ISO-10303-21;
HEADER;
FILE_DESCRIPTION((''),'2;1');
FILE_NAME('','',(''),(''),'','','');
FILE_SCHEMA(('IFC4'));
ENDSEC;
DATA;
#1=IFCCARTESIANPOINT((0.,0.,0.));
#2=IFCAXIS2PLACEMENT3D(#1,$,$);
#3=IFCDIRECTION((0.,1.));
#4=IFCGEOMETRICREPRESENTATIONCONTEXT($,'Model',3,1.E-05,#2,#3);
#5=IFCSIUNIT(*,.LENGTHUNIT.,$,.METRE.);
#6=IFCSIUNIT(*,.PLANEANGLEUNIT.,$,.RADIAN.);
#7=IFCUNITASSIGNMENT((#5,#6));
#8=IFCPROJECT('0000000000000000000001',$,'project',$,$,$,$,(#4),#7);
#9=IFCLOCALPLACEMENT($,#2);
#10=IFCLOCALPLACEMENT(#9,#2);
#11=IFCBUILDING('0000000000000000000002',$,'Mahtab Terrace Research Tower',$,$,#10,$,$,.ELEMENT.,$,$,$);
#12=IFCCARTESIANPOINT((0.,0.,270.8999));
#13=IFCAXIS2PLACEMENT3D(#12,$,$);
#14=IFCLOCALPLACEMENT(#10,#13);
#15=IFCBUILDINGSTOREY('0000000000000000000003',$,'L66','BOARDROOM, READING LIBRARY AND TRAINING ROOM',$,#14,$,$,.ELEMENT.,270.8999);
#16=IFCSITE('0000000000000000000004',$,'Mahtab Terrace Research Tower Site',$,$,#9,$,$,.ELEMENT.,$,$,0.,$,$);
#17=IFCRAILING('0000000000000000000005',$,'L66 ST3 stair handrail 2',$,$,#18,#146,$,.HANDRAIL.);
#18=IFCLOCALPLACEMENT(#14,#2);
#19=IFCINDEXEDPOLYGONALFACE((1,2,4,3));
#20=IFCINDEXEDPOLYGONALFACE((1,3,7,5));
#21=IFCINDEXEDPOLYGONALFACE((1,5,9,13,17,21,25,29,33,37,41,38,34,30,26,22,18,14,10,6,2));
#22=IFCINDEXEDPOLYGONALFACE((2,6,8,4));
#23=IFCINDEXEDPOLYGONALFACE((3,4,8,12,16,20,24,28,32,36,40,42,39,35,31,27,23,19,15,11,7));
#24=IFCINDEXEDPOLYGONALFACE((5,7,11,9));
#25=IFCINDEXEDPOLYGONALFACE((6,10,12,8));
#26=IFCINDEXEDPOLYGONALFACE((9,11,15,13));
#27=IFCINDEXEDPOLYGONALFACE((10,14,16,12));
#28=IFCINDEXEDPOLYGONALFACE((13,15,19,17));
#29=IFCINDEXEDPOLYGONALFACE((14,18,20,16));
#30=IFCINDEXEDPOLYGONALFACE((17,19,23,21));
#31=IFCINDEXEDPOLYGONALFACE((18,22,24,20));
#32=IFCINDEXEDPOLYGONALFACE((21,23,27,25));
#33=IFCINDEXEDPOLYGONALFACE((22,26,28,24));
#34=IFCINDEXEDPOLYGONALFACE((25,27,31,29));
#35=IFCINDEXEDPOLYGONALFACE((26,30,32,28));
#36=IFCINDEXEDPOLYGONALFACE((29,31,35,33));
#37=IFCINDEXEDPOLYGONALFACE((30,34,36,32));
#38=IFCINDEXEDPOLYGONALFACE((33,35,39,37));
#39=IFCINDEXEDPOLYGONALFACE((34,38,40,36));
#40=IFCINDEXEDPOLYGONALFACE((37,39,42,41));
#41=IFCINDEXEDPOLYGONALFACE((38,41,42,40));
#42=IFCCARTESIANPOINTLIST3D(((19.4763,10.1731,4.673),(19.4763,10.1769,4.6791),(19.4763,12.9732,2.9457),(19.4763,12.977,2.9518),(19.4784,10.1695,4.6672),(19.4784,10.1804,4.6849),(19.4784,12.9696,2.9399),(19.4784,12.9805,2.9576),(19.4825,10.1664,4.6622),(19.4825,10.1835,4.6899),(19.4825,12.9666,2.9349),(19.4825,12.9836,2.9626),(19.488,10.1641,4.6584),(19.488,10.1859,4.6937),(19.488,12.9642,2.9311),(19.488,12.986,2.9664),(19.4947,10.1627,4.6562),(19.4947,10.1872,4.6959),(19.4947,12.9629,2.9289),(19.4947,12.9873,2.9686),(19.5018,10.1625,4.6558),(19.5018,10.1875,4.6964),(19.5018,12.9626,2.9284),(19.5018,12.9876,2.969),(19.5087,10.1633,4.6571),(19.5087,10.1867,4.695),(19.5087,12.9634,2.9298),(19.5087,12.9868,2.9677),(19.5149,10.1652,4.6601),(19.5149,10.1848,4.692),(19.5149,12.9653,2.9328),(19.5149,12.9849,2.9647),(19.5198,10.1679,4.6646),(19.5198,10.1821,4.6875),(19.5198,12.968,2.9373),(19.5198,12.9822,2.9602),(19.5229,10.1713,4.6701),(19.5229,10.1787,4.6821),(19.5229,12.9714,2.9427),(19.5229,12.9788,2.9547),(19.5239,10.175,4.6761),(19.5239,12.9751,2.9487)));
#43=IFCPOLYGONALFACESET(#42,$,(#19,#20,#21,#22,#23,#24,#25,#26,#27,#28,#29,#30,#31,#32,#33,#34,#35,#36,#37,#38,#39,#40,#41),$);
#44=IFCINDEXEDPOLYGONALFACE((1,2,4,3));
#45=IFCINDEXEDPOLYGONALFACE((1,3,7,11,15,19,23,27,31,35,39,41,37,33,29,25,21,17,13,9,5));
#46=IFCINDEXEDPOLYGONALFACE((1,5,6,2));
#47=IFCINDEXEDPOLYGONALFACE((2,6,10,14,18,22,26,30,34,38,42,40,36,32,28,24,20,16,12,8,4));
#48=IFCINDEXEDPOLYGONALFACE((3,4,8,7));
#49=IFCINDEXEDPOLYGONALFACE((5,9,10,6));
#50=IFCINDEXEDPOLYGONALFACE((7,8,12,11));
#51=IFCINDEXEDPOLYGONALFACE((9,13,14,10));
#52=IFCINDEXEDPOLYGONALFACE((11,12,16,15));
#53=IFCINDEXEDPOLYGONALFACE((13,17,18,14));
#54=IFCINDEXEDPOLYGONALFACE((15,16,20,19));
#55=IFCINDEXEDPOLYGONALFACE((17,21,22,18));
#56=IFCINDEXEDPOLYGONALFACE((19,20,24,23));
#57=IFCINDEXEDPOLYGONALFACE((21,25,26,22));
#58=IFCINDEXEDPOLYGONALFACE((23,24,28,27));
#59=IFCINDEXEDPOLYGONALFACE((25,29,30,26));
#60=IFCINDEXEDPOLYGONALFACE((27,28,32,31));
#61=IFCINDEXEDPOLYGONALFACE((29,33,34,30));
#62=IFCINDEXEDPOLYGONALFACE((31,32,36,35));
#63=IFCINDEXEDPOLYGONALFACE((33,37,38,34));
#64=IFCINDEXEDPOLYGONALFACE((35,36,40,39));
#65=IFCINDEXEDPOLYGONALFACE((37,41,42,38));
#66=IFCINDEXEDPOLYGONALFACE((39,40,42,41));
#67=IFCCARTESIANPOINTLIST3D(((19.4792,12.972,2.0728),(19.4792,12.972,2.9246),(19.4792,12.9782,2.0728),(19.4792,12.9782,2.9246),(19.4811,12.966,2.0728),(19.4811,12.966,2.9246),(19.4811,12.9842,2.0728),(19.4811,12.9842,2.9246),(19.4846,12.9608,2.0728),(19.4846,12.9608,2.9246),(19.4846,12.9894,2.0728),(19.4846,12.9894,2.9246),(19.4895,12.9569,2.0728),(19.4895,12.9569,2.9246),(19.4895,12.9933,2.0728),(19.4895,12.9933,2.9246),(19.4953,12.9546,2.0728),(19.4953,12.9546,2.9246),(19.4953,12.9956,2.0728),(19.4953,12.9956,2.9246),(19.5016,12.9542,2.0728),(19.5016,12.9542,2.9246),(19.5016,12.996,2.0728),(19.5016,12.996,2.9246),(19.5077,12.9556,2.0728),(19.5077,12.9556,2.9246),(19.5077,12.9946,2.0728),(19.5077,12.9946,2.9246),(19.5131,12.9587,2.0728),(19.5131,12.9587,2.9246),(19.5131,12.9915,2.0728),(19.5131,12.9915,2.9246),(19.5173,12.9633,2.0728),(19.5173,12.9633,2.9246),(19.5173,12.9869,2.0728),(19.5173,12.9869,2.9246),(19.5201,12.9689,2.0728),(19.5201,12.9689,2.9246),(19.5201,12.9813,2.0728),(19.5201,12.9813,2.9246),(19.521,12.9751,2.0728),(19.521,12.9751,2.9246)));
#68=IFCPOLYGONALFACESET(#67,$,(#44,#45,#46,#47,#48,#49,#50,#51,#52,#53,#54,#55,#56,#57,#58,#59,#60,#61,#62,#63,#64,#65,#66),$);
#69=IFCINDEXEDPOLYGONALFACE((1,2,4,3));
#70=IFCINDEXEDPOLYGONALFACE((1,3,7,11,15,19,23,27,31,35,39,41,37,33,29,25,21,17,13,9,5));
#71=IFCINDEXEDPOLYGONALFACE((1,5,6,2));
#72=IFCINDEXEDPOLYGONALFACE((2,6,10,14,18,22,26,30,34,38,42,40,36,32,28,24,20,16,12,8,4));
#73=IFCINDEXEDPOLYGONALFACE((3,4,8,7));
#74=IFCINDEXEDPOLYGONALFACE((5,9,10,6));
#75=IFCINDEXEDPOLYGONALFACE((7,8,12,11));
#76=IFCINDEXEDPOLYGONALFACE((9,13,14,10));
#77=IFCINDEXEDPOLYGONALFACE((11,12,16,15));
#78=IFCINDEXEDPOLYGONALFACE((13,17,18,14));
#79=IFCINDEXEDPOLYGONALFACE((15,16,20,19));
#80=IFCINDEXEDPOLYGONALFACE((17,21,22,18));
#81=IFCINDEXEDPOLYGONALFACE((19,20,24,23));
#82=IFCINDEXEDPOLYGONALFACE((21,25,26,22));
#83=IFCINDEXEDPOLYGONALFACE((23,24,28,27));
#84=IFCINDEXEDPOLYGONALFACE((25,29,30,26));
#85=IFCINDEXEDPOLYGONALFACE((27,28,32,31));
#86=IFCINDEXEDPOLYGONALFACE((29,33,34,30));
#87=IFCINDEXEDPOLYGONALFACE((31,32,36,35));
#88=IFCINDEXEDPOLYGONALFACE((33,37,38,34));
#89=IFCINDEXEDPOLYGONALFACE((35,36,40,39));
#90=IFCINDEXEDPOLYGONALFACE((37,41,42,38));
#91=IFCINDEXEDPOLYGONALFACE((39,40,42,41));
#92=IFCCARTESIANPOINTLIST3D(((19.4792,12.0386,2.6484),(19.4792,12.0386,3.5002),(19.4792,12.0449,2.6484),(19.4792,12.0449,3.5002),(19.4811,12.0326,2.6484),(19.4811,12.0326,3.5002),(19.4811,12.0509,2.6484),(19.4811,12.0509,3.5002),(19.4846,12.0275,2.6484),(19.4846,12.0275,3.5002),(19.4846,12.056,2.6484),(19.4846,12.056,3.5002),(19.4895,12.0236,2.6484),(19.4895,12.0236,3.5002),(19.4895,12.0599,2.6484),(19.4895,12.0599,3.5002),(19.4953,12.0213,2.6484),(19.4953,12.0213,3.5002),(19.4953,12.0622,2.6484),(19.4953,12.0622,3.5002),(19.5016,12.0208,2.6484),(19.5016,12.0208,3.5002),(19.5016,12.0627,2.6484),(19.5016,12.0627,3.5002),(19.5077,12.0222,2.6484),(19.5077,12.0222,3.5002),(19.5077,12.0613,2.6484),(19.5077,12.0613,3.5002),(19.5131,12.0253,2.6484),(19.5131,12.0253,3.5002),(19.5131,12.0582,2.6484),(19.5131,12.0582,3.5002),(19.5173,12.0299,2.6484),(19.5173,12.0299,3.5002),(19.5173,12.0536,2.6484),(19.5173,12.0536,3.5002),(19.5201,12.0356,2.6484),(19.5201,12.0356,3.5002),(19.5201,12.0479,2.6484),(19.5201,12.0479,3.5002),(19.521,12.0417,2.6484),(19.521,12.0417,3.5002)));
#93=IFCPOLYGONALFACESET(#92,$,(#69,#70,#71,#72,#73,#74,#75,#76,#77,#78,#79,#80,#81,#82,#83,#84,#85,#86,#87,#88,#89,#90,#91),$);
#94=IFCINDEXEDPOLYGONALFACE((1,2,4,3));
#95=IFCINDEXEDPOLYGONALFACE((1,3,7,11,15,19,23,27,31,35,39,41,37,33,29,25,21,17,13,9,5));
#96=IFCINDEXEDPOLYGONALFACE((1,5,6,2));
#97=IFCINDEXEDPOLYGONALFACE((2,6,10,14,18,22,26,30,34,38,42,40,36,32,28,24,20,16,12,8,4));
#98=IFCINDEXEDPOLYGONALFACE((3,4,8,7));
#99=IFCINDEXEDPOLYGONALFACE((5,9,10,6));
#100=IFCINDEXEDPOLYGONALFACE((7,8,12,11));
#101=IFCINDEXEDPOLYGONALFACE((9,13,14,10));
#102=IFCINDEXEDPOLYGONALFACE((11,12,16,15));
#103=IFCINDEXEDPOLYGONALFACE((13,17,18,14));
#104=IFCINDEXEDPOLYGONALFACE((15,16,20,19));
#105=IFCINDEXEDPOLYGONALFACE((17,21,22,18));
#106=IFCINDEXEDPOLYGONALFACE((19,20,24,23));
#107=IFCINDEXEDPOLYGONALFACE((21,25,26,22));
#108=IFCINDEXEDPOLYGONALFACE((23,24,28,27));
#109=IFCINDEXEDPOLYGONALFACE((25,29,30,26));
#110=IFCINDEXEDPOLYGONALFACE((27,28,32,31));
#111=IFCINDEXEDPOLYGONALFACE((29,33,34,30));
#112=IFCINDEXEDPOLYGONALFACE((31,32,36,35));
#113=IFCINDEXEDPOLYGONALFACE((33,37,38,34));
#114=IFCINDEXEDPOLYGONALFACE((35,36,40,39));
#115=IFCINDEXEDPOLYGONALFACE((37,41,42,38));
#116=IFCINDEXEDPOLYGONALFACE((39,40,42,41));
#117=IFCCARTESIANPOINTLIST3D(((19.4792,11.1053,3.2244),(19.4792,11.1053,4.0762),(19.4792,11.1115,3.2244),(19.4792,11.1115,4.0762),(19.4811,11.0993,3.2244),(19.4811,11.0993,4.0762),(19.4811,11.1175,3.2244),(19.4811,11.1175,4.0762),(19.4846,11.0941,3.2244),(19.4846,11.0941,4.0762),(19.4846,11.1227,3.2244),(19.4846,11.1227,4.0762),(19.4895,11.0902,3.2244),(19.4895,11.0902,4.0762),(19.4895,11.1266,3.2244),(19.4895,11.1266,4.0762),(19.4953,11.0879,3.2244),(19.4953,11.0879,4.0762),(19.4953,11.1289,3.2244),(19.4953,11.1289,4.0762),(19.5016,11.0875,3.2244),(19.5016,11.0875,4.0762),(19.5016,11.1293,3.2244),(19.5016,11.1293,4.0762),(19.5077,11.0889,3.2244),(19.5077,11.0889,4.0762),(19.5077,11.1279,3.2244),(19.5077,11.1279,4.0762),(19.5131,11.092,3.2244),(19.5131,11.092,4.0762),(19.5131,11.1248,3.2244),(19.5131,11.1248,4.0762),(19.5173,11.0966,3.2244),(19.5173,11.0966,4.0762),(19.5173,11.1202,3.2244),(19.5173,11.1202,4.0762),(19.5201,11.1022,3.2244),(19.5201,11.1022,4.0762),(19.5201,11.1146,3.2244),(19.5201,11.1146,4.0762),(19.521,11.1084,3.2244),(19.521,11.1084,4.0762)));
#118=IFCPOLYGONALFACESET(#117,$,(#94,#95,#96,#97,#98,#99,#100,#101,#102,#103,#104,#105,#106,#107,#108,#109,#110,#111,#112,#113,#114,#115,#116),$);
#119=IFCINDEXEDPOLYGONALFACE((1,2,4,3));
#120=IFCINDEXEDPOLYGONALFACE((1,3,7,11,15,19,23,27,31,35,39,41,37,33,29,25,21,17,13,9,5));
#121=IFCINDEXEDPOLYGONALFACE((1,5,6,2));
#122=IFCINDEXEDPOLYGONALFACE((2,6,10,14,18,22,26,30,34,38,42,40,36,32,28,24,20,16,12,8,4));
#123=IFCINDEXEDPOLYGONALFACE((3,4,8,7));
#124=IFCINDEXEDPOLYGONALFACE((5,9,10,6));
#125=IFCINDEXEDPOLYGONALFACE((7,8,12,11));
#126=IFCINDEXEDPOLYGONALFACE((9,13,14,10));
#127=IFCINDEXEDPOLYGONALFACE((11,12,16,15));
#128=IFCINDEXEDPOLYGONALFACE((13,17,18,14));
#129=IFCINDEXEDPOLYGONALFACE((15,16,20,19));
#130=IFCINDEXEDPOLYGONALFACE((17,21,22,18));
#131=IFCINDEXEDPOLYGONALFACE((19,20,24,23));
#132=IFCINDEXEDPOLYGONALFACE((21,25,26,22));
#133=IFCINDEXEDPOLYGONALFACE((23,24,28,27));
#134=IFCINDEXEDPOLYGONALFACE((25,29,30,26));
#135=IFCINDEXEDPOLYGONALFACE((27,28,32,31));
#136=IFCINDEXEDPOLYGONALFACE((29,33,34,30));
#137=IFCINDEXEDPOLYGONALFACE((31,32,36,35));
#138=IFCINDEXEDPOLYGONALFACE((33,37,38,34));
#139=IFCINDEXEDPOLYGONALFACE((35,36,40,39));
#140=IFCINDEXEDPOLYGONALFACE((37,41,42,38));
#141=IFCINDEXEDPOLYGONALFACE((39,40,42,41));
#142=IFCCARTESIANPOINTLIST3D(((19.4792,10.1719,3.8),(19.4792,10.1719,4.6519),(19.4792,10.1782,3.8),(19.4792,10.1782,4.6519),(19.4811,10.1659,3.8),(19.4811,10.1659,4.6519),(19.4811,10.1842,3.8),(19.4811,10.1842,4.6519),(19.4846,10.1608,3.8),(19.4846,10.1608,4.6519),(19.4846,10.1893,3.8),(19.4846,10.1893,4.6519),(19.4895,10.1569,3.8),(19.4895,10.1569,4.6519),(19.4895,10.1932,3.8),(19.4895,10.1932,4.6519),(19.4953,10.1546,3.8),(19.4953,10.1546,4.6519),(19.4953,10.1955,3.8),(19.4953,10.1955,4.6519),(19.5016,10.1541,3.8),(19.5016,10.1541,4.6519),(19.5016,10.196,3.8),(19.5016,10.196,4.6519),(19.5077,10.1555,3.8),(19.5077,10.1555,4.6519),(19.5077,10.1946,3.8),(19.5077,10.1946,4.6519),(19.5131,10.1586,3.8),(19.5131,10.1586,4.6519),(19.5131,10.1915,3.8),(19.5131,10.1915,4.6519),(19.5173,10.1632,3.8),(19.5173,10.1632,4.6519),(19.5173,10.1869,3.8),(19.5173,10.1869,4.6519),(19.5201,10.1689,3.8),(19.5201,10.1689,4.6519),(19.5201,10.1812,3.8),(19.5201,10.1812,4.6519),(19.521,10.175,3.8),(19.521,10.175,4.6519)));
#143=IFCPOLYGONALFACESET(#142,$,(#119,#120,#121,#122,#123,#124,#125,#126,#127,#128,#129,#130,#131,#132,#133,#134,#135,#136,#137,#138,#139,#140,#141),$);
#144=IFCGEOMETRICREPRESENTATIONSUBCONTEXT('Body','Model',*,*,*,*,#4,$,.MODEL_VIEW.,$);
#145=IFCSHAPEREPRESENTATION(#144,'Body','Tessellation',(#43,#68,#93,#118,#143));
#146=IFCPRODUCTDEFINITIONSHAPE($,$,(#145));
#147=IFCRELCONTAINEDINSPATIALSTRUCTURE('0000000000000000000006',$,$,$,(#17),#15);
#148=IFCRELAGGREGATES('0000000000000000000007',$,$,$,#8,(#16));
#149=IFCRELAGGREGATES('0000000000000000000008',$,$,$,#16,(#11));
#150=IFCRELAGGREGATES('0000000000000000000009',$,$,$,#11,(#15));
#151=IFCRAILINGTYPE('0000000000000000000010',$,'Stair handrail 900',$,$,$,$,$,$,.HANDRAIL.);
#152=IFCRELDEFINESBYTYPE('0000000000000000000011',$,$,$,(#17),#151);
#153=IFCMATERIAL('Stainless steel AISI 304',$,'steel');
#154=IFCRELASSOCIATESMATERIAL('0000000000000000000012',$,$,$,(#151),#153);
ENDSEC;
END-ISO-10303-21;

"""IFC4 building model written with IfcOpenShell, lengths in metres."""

from ifc_helpers import new_model, si_unit, direction, frame, origin, origin_2d, place, context, subcontext, project, spatial, circle, extrude, material, type_object, element, save


model = new_model("IFC4")

# Units and contexts
model_context = context("Model", 3, precision=1e-05, world=origin(), true_north=direction((0.0, 1.0)))
body_context = subcontext(model_context, "Body", "Model", "MODEL_VIEW")
ifc_project = project(units=[si_unit("LENGTHUNIT", "METRE"), si_unit("PLANEANGLEUNIT", "RADIAN")], contexts=[model_context])

# Site, building, storey
site_placement = place(None, origin())
site = spatial("IfcSite", under=ifc_project, at=site_placement, Name="Mahtab Terrace Research Tower Site", CompositionType="ELEMENT", RefElevation=0.0)
building_placement = place(site_placement, origin())
building = spatial("IfcBuilding", under=site, at=building_placement, Name="Mahtab Terrace Research Tower", CompositionType="ELEMENT")
storey_placement = place(building_placement, frame((0.0, 0.0, 270.8999)))
storey = spatial("IfcBuildingStorey", under=building, at=storey_placement, Name="L66", Description="BOARDROOM, READING LIBRARY AND TRAINING ROOM", CompositionType="ELEMENT", Elevation=270.8999)

# Shared definitions
ifc_material_1 = material(Name="Stainless steel AISI 304", Category="steel")

# Railing
railing_type_1 = type_object("IfcRailingType", Name="Stair handrail 900", PredefinedType="HANDRAIL", material=ifc_material_1)
railing_1_placement = place(storey_placement, frame((19.5, 12.9751, 2.0728)))
element("IfcRailing", 1, at=railing_1_placement, inside=storey, type_object=railing_type_1, Name="L66 ST3 stair handrail 2", PredefinedType="HANDRAIL", context=body_context, shape_type="SweptSolid", body=[
    extrude(circle(Radius=0.0239, at=origin_2d()), frame((0.0, 0.0, 0.876), z_axis=(0.0, -0.85109, 0.52502), x_axis=(1.0, 0.0, 0.0)), (0.0, 0.0, 1.0), 3.29),
    extrude(circle(Radius=0.021, at=origin_2d()), origin(), (0.0, 0.0, 1.0), 0.8518),
    extrude(circle(Radius=0.021, at=origin_2d()), frame((0.0, -0.9333, 0.5757)), (0.0, 0.0, 1.0), 0.8518),
    extrude(circle(Radius=0.021, at=origin_2d()), frame((0.0, -1.8667, 1.1516)), (0.0, 0.0, 1.0), 0.8518),
    extrude(circle(Radius=0.021, at=origin_2d()), frame((0.0, -2.8, 1.7273)), (0.0, 0.0, 1.0), 0.8518),
])

save(model, "model.ifc")
